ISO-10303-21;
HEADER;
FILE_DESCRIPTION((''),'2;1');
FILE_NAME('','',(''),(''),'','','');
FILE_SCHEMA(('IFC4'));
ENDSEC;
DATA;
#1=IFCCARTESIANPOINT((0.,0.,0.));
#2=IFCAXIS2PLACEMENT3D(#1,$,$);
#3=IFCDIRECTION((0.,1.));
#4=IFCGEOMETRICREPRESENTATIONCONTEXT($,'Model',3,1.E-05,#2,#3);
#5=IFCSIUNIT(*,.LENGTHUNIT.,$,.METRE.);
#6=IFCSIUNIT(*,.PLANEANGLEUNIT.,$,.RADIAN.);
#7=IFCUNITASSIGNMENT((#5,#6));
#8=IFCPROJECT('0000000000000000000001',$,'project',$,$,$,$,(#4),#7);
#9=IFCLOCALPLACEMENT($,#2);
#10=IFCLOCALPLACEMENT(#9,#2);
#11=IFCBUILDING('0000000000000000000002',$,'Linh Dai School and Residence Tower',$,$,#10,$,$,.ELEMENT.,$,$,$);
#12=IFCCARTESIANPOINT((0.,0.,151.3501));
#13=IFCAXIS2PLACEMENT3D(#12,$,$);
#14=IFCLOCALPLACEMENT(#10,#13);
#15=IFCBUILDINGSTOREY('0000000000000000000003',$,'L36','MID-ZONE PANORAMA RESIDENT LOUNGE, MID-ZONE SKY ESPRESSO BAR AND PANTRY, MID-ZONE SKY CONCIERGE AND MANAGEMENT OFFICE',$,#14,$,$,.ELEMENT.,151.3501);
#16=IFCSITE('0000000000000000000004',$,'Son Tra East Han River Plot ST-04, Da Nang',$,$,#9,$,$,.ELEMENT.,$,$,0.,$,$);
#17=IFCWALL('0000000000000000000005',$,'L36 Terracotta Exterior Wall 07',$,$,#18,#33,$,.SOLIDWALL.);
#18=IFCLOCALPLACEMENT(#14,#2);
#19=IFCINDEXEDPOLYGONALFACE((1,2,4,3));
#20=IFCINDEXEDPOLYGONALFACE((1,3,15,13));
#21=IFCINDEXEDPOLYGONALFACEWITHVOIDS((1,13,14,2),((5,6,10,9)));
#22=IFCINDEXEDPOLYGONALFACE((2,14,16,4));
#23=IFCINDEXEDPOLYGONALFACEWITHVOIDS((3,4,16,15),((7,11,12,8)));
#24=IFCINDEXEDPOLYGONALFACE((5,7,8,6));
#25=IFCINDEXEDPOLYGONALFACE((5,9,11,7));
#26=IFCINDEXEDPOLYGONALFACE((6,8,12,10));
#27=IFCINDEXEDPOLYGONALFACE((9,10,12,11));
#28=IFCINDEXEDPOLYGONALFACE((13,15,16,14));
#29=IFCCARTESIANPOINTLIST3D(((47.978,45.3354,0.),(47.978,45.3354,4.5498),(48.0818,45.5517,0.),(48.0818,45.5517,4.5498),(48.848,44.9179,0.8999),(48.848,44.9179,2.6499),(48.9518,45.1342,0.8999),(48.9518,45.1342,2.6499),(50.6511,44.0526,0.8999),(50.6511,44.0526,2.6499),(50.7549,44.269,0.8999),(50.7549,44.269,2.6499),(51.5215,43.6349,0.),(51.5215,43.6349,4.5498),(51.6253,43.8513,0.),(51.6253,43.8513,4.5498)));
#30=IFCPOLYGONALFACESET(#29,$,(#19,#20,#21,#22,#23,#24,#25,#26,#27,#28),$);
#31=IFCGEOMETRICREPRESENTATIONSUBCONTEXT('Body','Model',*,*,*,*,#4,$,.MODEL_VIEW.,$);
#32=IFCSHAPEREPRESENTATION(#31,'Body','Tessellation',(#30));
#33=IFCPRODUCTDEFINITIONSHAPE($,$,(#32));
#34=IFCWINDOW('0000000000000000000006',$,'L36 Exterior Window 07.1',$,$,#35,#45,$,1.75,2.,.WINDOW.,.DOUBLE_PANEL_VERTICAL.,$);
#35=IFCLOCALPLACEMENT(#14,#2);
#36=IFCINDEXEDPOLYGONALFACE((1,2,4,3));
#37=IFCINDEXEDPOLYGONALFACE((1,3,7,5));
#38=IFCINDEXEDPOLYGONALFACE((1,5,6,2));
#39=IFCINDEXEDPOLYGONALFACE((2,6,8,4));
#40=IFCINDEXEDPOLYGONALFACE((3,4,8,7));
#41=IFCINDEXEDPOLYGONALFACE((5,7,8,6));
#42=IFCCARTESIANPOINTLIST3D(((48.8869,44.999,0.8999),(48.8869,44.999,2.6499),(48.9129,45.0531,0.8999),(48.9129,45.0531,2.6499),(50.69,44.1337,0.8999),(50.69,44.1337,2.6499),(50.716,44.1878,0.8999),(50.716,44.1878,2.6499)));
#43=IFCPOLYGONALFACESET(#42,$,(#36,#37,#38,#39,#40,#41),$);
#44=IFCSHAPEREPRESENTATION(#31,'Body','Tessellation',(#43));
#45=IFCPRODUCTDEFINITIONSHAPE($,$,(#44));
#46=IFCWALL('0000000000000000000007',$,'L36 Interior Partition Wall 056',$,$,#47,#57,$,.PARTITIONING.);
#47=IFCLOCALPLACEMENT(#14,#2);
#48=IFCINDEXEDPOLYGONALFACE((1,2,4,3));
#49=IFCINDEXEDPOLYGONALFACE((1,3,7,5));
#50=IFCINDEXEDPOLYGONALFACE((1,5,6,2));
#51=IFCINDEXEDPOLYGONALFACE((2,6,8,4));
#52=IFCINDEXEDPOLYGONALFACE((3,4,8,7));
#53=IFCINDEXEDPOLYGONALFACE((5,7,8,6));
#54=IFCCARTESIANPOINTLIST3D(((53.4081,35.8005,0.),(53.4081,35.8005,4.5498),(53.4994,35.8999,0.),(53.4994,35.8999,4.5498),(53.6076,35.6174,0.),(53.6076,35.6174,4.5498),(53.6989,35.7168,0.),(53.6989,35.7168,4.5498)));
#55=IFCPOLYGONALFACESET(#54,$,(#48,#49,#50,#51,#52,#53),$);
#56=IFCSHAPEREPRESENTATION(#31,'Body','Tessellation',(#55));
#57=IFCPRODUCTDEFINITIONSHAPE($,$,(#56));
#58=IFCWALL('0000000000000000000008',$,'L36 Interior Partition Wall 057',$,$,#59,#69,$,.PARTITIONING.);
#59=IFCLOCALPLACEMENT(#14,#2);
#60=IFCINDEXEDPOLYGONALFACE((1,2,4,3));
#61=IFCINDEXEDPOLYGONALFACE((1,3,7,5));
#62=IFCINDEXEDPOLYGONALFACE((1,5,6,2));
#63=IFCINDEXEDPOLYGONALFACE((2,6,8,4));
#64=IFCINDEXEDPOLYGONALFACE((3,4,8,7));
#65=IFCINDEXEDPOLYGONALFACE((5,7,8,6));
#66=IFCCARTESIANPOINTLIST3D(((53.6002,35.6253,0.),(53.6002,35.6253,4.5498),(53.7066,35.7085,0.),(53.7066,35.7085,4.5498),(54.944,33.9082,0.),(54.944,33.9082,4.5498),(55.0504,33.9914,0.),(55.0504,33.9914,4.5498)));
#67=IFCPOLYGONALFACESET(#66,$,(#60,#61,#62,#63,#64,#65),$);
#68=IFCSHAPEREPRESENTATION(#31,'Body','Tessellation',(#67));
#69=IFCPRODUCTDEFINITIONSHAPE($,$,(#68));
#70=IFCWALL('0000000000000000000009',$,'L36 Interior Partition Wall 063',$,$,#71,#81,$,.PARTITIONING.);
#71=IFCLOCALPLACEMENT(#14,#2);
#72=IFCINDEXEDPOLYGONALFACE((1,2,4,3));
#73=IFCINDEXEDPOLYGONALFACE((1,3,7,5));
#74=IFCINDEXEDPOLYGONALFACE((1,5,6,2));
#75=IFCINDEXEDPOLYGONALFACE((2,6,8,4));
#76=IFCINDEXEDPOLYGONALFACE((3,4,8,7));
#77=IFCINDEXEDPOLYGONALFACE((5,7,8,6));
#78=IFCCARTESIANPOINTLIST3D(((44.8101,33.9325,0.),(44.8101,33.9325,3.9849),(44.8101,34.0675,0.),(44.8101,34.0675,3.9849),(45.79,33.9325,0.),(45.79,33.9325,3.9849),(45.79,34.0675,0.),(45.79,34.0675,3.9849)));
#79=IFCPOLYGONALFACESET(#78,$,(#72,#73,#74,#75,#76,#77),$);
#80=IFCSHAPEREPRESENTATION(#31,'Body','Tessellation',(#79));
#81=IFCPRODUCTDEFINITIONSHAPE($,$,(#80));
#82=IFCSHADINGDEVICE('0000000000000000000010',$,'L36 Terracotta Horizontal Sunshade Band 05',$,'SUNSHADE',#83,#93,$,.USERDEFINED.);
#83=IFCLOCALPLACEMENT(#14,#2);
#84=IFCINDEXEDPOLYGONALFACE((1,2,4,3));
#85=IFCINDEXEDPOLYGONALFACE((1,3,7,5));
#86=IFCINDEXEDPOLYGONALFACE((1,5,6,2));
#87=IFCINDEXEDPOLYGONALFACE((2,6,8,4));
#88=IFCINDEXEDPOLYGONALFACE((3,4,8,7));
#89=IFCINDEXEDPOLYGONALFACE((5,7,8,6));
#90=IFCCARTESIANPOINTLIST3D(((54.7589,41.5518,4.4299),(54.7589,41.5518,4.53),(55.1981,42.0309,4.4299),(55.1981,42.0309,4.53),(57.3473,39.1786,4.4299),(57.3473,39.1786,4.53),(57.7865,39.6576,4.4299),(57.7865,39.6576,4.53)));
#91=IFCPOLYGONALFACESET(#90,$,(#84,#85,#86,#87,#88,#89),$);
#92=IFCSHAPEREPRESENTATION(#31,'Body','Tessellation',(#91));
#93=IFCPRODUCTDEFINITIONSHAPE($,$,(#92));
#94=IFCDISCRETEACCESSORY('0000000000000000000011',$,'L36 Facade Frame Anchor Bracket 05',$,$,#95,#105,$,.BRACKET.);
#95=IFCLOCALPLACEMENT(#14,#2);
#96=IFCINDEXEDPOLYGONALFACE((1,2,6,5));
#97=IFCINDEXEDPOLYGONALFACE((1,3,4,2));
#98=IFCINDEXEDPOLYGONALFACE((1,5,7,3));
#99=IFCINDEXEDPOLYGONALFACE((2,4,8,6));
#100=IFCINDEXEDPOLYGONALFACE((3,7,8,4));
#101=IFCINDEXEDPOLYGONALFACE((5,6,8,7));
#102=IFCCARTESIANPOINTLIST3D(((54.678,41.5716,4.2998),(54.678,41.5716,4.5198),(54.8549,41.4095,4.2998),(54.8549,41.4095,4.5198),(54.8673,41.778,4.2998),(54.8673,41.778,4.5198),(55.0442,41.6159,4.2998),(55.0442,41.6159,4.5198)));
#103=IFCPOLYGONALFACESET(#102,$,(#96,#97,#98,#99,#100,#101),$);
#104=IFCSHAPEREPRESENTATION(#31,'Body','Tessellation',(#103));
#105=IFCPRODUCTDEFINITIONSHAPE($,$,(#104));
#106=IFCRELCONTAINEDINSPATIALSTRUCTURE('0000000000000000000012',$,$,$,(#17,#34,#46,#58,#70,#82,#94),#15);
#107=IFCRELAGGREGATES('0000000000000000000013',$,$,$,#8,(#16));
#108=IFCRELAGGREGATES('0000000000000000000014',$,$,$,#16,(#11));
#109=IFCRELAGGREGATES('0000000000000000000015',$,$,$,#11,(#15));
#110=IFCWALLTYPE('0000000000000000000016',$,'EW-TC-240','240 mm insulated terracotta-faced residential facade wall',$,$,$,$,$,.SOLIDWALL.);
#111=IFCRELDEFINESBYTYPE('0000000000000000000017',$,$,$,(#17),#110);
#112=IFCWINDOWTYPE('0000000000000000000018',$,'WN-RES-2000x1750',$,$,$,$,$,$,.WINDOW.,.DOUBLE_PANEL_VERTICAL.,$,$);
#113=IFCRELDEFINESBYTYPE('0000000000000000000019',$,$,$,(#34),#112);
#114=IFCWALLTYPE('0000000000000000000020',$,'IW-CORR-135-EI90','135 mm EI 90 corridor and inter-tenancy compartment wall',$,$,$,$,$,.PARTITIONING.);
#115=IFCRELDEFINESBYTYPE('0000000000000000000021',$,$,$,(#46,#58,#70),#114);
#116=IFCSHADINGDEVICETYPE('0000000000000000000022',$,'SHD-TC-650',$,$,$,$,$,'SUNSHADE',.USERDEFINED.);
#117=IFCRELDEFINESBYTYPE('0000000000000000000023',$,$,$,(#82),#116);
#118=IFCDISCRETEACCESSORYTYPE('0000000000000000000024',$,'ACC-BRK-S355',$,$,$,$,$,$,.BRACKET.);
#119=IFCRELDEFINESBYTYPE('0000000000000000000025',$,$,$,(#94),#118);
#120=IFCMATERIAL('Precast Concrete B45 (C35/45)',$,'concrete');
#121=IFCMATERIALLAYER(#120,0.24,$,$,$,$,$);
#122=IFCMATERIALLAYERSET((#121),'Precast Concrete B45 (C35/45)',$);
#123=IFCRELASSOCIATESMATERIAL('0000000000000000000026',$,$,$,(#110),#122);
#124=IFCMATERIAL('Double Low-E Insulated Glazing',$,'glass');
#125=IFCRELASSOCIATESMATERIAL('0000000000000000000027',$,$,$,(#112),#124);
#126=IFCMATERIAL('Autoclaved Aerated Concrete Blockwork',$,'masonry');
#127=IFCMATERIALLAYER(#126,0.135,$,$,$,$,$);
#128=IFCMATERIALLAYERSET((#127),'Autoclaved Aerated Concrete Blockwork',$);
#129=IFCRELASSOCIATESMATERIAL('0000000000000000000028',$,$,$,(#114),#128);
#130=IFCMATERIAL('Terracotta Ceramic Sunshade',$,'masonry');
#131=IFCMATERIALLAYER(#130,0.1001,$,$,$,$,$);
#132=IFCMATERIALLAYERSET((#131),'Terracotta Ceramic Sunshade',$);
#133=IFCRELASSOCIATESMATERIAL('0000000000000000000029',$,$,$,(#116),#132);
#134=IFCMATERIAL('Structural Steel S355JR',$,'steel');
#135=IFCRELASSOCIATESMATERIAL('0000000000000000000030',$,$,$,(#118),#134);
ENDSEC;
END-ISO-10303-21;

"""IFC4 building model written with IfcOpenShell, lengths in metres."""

from ifc_helpers import new_model, si_unit, direction, frame, frame_2d, origin, origin_2d, place, context, subcontext, project, spatial, rectangle, extrude, source, transform, mapped, material, layer, layer_set, type_object, element, fill, save


model = new_model("IFC4")

# Units and contexts
model_context = context("Model", 3, precision=1e-05, world=origin(), true_north=direction((0.0, 1.0)))
body_context = subcontext(model_context, "Body", "Model", "MODEL_VIEW")
ifc_project = project(units=[si_unit("LENGTHUNIT", "METRE"), si_unit("PLANEANGLEUNIT", "RADIAN")], contexts=[model_context])

# Site, building, storey
site_placement = place(None, origin())
site = spatial("IfcSite", under=ifc_project, at=site_placement, Name="Son Tra East Han River Plot ST-04, Da Nang", CompositionType="ELEMENT", RefElevation=0.0)
building_placement = place(site_placement, origin())
building = spatial("IfcBuilding", under=site, at=building_placement, Name="Linh Dai School and Residence Tower", CompositionType="ELEMENT")
storey_placement = place(building_placement, frame((0.0, 0.0, 151.3501)))
storey = spatial("IfcBuildingStorey", under=building, at=storey_placement, Name="L36", Description="MID-ZONE PANORAMA RESIDENT LOUNGE, MID-ZONE SKY ESPRESSO BAR AND PANTRY, MID-ZONE SKY CONCIERGE AND MANAGEMENT OFFICE", CompositionType="ELEMENT", Elevation=151.3501)

# Shared definitions
ifc_material_1 = material(Name="Structural Steel S355JR", Category="steel")

# Shared definitions
ifc_material_2 = material(Name="Precast Concrete B45 (C35/45)", Category="concrete")

# Shared definitions
ifc_material_3 = material(Name="Double Low-E Insulated Glazing", Category="glass")

# Shared definitions
ifc_layer_1 = layer(ifc_material_2, 0.24)
ifc_layer_set_1 = layer_set([ifc_layer_1], Name="Precast Concrete B45 (C35/45)")
wall_type_1 = type_object("IfcWallType", Name="EW-TC-240", Description="240 mm insulated terracotta-faced residential facade wall", PredefinedType="SOLIDWALL", material=ifc_layer_set_1)

# Shared definitions
window_type = type_object("IfcWindowType", Name="WN-RES-2000x1750", PartitioningType="DOUBLE_PANEL_VERTICAL", PredefinedType="WINDOW", material=ifc_material_3)
shared_shape_1 = source(origin(), body_context, "Body", "SweptSolid", [
    extrude(rectangle(XDim=2.0, YDim=1.75, at=origin_2d()), frame((1.0, 0.03, 0.875), z_axis=(0.0, -1.0, 0.0), x_axis=(1.0, 0.0, 0.0)), (0.0, 0.0, 1.0), 0.0601),
])

# Wall, opening, window
wall_1_placement = place(storey_placement, frame((48.0298, 45.4436, 0.0), z_axis=(0.0, 0.0, 1.0), x_axis=(0.901565, -0.432644, 0.0)))
wall_1 = element("IfcWall", 1, at=wall_1_placement, inside=storey, type_object=wall_type_1, Name="L36 Terracotta Exterior Wall 07", PredefinedType="SOLIDWALL", context=body_context, shape_type="SweptSolid", body=[
    extrude(rectangle(XDim=3.9304, YDim=0.24, at=frame_2d((1.9653, 0.0))), origin(), (0.0, 0.0, 1.0), 4.5498),
])
opening_1_placement = place(wall_1_placement, frame((0.9651, 0.0, 0.8999)))
opening_1 = element("IfcOpeningElement", 2, at=opening_1_placement, cuts=wall_1, PredefinedType="OPENING", context=body_context, shape_type="SweptSolid", body=[
    extrude(rectangle(XDim=2.0, YDim=1.75, at=origin_2d()), frame((1.0, 0.1299, 0.875), z_axis=(0.0, -1.0, 0.0), x_axis=(1.0, 0.0, 0.0)), (0.0, 0.0, 1.0), 0.26),
])
window_1_placement = place(opening_1_placement, origin())
window_1 = element("IfcWindow", 3, at=window_1_placement, inside=storey, type_object=window_type, Name="L36 Exterior Window 07.1", OverallHeight=1.75, OverallWidth=2.0, PartitioningType="DOUBLE_PANEL_VERTICAL", PredefinedType="WINDOW", context=body_context, shape_type="MappedRepresentation", body=[
    mapped(shared_shape_1, transform((0.0, 0.0, 0.0), x_axis=(1.0, 0.0, 0.0), y_axis=(0.0, 1.0, 0.0), z_axis=(0.0, 0.0, 1.0), scale=1.0)),
])
fill(opening_1, window_1)

# Walls
ifc_material_4 = material(Name="Autoclaved Aerated Concrete Blockwork", Category="masonry")
ifc_layer_2 = layer(ifc_material_4, 0.135)
ifc_layer_set_2 = layer_set([ifc_layer_2], Name="Autoclaved Aerated Concrete Blockwork")
wall_type_2 = type_object("IfcWallType", Name="IW-CORR-135-EI90", Description="135 mm EI 90 corridor and inter-tenancy compartment wall", PredefinedType="PARTITIONING", material=ifc_layer_set_2)
wall_2_placement = place(storey_placement, frame((53.4539, 35.8501, 0.0), z_axis=(0.0, 0.0, 1.0), x_axis=(0.736667, -0.676255, 0.0)))
element("IfcWall", 4, at=wall_2_placement, inside=storey, type_object=wall_type_2, Name="L36 Interior Partition Wall 056", PredefinedType="PARTITIONING", context=body_context, shape_type="SweptSolid", body=[
    extrude(rectangle(XDim=0.2708, YDim=0.135, at=frame_2d((0.1353, 0.0))), origin(), (0.0, 0.0, 1.0), 4.5498),
])
wall_3_placement = place(storey_placement, frame((53.6533, 35.667, 0.0), z_axis=(0.0, 0.0, 1.0), x_axis=(0.616302, -0.78751, 0.0)))
element("IfcWall", 5, at=wall_3_placement, inside=storey, type_object=wall_type_2, Name="L36 Interior Partition Wall 057", PredefinedType="PARTITIONING", context=body_context, shape_type="SweptSolid", body=[
    extrude(rectangle(XDim=2.1804, YDim=0.135, at=frame_2d((1.0903, 0.0))), origin(), (0.0, 0.0, 1.0), 4.5498),
])
wall_4_placement = place(storey_placement, frame((45.79, 34.0, 0.0), z_axis=(0.0, 0.0, 1.0), x_axis=(-1.0, 0.0, 0.0)))
element("IfcWall", 6, at=wall_4_placement, inside=storey, type_object=wall_type_2, Name="L36 Interior Partition Wall 063", PredefinedType="PARTITIONING", context=body_context, shape_type="SweptSolid", body=[
    extrude(rectangle(XDim=0.98, YDim=0.135, at=frame_2d((0.49, 0.0))), origin(), (0.0, 0.0, 1.0), 3.9849),
])

# Shading device
ifc_material_5 = material(Name="Terracotta Ceramic Sunshade", Category="masonry")
ifc_layer_3 = layer(ifc_material_5, 0.1001)
ifc_layer_set_3 = layer_set([ifc_layer_3], Name="Terracotta Ceramic Sunshade")
shading_device_type = type_object("IfcShadingDeviceType", Name="SHD-TC-650", ElementType="SUNSHADE", PredefinedType="USERDEFINED", material=ifc_layer_set_3)
shared_shape_2 = source(origin(), body_context, "Body", "SweptSolid", [
    extrude(rectangle(XDim=3.5117, YDim=0.6499, at=origin_2d()), origin(), (0.0, 0.0, 1.0), 0.1001),
])
shading_device_placement = place(storey_placement, frame((56.2727, 40.6047, 4.4299), z_axis=(0.0, 0.0, 1.0), x_axis=(0.737085, -0.6758, 0.0)))
element("IfcShadingDevice", 7, at=shading_device_placement, inside=storey, type_object=shading_device_type, Name="L36 Terracotta Horizontal Sunshade Band 05", ObjectType="SUNSHADE", PredefinedType="USERDEFINED", context=body_context, shape_type="MappedRepresentation", body=[
    mapped(shared_shape_2, transform((0.0, 0.0, 0.0), x_axis=(1.0, 0.0, 0.0), y_axis=(0.0, 1.0, 0.0), z_axis=(0.0, 0.0, 1.0), scale=1.0)),
])

# Discrete accessory
discrete_accessory_type = type_object("IfcDiscreteAccessoryType", Name="ACC-BRK-S355", PredefinedType="BRACKET", material=ifc_material_1)
shared_shape_3 = source(origin(), body_context, "Body", "SweptSolid", [
    extrude(rectangle(XDim=0.28, YDim=0.24, at=origin_2d()), origin(), (0.0, 0.0, 1.0), 0.22),
])
discrete_accessory_placement = place(storey_placement, frame((54.8611, 41.5938, 4.2998), z_axis=(0.0, 0.0, 1.0), x_axis=(0.6758, 0.737085, 0.0)))
element("IfcDiscreteAccessory", 8, at=discrete_accessory_placement, inside=storey, type_object=discrete_accessory_type, Name="L36 Facade Frame Anchor Bracket 05", PredefinedType="BRACKET", context=body_context, shape_type="MappedRepresentation", body=[
    mapped(shared_shape_3, transform((0.0, 0.0, 0.0), x_axis=(1.0, 0.0, 0.0), y_axis=(0.0, 1.0, 0.0), z_axis=(0.0, 0.0, 1.0), scale=1.0)),
])

save(model, "model.ifc")
